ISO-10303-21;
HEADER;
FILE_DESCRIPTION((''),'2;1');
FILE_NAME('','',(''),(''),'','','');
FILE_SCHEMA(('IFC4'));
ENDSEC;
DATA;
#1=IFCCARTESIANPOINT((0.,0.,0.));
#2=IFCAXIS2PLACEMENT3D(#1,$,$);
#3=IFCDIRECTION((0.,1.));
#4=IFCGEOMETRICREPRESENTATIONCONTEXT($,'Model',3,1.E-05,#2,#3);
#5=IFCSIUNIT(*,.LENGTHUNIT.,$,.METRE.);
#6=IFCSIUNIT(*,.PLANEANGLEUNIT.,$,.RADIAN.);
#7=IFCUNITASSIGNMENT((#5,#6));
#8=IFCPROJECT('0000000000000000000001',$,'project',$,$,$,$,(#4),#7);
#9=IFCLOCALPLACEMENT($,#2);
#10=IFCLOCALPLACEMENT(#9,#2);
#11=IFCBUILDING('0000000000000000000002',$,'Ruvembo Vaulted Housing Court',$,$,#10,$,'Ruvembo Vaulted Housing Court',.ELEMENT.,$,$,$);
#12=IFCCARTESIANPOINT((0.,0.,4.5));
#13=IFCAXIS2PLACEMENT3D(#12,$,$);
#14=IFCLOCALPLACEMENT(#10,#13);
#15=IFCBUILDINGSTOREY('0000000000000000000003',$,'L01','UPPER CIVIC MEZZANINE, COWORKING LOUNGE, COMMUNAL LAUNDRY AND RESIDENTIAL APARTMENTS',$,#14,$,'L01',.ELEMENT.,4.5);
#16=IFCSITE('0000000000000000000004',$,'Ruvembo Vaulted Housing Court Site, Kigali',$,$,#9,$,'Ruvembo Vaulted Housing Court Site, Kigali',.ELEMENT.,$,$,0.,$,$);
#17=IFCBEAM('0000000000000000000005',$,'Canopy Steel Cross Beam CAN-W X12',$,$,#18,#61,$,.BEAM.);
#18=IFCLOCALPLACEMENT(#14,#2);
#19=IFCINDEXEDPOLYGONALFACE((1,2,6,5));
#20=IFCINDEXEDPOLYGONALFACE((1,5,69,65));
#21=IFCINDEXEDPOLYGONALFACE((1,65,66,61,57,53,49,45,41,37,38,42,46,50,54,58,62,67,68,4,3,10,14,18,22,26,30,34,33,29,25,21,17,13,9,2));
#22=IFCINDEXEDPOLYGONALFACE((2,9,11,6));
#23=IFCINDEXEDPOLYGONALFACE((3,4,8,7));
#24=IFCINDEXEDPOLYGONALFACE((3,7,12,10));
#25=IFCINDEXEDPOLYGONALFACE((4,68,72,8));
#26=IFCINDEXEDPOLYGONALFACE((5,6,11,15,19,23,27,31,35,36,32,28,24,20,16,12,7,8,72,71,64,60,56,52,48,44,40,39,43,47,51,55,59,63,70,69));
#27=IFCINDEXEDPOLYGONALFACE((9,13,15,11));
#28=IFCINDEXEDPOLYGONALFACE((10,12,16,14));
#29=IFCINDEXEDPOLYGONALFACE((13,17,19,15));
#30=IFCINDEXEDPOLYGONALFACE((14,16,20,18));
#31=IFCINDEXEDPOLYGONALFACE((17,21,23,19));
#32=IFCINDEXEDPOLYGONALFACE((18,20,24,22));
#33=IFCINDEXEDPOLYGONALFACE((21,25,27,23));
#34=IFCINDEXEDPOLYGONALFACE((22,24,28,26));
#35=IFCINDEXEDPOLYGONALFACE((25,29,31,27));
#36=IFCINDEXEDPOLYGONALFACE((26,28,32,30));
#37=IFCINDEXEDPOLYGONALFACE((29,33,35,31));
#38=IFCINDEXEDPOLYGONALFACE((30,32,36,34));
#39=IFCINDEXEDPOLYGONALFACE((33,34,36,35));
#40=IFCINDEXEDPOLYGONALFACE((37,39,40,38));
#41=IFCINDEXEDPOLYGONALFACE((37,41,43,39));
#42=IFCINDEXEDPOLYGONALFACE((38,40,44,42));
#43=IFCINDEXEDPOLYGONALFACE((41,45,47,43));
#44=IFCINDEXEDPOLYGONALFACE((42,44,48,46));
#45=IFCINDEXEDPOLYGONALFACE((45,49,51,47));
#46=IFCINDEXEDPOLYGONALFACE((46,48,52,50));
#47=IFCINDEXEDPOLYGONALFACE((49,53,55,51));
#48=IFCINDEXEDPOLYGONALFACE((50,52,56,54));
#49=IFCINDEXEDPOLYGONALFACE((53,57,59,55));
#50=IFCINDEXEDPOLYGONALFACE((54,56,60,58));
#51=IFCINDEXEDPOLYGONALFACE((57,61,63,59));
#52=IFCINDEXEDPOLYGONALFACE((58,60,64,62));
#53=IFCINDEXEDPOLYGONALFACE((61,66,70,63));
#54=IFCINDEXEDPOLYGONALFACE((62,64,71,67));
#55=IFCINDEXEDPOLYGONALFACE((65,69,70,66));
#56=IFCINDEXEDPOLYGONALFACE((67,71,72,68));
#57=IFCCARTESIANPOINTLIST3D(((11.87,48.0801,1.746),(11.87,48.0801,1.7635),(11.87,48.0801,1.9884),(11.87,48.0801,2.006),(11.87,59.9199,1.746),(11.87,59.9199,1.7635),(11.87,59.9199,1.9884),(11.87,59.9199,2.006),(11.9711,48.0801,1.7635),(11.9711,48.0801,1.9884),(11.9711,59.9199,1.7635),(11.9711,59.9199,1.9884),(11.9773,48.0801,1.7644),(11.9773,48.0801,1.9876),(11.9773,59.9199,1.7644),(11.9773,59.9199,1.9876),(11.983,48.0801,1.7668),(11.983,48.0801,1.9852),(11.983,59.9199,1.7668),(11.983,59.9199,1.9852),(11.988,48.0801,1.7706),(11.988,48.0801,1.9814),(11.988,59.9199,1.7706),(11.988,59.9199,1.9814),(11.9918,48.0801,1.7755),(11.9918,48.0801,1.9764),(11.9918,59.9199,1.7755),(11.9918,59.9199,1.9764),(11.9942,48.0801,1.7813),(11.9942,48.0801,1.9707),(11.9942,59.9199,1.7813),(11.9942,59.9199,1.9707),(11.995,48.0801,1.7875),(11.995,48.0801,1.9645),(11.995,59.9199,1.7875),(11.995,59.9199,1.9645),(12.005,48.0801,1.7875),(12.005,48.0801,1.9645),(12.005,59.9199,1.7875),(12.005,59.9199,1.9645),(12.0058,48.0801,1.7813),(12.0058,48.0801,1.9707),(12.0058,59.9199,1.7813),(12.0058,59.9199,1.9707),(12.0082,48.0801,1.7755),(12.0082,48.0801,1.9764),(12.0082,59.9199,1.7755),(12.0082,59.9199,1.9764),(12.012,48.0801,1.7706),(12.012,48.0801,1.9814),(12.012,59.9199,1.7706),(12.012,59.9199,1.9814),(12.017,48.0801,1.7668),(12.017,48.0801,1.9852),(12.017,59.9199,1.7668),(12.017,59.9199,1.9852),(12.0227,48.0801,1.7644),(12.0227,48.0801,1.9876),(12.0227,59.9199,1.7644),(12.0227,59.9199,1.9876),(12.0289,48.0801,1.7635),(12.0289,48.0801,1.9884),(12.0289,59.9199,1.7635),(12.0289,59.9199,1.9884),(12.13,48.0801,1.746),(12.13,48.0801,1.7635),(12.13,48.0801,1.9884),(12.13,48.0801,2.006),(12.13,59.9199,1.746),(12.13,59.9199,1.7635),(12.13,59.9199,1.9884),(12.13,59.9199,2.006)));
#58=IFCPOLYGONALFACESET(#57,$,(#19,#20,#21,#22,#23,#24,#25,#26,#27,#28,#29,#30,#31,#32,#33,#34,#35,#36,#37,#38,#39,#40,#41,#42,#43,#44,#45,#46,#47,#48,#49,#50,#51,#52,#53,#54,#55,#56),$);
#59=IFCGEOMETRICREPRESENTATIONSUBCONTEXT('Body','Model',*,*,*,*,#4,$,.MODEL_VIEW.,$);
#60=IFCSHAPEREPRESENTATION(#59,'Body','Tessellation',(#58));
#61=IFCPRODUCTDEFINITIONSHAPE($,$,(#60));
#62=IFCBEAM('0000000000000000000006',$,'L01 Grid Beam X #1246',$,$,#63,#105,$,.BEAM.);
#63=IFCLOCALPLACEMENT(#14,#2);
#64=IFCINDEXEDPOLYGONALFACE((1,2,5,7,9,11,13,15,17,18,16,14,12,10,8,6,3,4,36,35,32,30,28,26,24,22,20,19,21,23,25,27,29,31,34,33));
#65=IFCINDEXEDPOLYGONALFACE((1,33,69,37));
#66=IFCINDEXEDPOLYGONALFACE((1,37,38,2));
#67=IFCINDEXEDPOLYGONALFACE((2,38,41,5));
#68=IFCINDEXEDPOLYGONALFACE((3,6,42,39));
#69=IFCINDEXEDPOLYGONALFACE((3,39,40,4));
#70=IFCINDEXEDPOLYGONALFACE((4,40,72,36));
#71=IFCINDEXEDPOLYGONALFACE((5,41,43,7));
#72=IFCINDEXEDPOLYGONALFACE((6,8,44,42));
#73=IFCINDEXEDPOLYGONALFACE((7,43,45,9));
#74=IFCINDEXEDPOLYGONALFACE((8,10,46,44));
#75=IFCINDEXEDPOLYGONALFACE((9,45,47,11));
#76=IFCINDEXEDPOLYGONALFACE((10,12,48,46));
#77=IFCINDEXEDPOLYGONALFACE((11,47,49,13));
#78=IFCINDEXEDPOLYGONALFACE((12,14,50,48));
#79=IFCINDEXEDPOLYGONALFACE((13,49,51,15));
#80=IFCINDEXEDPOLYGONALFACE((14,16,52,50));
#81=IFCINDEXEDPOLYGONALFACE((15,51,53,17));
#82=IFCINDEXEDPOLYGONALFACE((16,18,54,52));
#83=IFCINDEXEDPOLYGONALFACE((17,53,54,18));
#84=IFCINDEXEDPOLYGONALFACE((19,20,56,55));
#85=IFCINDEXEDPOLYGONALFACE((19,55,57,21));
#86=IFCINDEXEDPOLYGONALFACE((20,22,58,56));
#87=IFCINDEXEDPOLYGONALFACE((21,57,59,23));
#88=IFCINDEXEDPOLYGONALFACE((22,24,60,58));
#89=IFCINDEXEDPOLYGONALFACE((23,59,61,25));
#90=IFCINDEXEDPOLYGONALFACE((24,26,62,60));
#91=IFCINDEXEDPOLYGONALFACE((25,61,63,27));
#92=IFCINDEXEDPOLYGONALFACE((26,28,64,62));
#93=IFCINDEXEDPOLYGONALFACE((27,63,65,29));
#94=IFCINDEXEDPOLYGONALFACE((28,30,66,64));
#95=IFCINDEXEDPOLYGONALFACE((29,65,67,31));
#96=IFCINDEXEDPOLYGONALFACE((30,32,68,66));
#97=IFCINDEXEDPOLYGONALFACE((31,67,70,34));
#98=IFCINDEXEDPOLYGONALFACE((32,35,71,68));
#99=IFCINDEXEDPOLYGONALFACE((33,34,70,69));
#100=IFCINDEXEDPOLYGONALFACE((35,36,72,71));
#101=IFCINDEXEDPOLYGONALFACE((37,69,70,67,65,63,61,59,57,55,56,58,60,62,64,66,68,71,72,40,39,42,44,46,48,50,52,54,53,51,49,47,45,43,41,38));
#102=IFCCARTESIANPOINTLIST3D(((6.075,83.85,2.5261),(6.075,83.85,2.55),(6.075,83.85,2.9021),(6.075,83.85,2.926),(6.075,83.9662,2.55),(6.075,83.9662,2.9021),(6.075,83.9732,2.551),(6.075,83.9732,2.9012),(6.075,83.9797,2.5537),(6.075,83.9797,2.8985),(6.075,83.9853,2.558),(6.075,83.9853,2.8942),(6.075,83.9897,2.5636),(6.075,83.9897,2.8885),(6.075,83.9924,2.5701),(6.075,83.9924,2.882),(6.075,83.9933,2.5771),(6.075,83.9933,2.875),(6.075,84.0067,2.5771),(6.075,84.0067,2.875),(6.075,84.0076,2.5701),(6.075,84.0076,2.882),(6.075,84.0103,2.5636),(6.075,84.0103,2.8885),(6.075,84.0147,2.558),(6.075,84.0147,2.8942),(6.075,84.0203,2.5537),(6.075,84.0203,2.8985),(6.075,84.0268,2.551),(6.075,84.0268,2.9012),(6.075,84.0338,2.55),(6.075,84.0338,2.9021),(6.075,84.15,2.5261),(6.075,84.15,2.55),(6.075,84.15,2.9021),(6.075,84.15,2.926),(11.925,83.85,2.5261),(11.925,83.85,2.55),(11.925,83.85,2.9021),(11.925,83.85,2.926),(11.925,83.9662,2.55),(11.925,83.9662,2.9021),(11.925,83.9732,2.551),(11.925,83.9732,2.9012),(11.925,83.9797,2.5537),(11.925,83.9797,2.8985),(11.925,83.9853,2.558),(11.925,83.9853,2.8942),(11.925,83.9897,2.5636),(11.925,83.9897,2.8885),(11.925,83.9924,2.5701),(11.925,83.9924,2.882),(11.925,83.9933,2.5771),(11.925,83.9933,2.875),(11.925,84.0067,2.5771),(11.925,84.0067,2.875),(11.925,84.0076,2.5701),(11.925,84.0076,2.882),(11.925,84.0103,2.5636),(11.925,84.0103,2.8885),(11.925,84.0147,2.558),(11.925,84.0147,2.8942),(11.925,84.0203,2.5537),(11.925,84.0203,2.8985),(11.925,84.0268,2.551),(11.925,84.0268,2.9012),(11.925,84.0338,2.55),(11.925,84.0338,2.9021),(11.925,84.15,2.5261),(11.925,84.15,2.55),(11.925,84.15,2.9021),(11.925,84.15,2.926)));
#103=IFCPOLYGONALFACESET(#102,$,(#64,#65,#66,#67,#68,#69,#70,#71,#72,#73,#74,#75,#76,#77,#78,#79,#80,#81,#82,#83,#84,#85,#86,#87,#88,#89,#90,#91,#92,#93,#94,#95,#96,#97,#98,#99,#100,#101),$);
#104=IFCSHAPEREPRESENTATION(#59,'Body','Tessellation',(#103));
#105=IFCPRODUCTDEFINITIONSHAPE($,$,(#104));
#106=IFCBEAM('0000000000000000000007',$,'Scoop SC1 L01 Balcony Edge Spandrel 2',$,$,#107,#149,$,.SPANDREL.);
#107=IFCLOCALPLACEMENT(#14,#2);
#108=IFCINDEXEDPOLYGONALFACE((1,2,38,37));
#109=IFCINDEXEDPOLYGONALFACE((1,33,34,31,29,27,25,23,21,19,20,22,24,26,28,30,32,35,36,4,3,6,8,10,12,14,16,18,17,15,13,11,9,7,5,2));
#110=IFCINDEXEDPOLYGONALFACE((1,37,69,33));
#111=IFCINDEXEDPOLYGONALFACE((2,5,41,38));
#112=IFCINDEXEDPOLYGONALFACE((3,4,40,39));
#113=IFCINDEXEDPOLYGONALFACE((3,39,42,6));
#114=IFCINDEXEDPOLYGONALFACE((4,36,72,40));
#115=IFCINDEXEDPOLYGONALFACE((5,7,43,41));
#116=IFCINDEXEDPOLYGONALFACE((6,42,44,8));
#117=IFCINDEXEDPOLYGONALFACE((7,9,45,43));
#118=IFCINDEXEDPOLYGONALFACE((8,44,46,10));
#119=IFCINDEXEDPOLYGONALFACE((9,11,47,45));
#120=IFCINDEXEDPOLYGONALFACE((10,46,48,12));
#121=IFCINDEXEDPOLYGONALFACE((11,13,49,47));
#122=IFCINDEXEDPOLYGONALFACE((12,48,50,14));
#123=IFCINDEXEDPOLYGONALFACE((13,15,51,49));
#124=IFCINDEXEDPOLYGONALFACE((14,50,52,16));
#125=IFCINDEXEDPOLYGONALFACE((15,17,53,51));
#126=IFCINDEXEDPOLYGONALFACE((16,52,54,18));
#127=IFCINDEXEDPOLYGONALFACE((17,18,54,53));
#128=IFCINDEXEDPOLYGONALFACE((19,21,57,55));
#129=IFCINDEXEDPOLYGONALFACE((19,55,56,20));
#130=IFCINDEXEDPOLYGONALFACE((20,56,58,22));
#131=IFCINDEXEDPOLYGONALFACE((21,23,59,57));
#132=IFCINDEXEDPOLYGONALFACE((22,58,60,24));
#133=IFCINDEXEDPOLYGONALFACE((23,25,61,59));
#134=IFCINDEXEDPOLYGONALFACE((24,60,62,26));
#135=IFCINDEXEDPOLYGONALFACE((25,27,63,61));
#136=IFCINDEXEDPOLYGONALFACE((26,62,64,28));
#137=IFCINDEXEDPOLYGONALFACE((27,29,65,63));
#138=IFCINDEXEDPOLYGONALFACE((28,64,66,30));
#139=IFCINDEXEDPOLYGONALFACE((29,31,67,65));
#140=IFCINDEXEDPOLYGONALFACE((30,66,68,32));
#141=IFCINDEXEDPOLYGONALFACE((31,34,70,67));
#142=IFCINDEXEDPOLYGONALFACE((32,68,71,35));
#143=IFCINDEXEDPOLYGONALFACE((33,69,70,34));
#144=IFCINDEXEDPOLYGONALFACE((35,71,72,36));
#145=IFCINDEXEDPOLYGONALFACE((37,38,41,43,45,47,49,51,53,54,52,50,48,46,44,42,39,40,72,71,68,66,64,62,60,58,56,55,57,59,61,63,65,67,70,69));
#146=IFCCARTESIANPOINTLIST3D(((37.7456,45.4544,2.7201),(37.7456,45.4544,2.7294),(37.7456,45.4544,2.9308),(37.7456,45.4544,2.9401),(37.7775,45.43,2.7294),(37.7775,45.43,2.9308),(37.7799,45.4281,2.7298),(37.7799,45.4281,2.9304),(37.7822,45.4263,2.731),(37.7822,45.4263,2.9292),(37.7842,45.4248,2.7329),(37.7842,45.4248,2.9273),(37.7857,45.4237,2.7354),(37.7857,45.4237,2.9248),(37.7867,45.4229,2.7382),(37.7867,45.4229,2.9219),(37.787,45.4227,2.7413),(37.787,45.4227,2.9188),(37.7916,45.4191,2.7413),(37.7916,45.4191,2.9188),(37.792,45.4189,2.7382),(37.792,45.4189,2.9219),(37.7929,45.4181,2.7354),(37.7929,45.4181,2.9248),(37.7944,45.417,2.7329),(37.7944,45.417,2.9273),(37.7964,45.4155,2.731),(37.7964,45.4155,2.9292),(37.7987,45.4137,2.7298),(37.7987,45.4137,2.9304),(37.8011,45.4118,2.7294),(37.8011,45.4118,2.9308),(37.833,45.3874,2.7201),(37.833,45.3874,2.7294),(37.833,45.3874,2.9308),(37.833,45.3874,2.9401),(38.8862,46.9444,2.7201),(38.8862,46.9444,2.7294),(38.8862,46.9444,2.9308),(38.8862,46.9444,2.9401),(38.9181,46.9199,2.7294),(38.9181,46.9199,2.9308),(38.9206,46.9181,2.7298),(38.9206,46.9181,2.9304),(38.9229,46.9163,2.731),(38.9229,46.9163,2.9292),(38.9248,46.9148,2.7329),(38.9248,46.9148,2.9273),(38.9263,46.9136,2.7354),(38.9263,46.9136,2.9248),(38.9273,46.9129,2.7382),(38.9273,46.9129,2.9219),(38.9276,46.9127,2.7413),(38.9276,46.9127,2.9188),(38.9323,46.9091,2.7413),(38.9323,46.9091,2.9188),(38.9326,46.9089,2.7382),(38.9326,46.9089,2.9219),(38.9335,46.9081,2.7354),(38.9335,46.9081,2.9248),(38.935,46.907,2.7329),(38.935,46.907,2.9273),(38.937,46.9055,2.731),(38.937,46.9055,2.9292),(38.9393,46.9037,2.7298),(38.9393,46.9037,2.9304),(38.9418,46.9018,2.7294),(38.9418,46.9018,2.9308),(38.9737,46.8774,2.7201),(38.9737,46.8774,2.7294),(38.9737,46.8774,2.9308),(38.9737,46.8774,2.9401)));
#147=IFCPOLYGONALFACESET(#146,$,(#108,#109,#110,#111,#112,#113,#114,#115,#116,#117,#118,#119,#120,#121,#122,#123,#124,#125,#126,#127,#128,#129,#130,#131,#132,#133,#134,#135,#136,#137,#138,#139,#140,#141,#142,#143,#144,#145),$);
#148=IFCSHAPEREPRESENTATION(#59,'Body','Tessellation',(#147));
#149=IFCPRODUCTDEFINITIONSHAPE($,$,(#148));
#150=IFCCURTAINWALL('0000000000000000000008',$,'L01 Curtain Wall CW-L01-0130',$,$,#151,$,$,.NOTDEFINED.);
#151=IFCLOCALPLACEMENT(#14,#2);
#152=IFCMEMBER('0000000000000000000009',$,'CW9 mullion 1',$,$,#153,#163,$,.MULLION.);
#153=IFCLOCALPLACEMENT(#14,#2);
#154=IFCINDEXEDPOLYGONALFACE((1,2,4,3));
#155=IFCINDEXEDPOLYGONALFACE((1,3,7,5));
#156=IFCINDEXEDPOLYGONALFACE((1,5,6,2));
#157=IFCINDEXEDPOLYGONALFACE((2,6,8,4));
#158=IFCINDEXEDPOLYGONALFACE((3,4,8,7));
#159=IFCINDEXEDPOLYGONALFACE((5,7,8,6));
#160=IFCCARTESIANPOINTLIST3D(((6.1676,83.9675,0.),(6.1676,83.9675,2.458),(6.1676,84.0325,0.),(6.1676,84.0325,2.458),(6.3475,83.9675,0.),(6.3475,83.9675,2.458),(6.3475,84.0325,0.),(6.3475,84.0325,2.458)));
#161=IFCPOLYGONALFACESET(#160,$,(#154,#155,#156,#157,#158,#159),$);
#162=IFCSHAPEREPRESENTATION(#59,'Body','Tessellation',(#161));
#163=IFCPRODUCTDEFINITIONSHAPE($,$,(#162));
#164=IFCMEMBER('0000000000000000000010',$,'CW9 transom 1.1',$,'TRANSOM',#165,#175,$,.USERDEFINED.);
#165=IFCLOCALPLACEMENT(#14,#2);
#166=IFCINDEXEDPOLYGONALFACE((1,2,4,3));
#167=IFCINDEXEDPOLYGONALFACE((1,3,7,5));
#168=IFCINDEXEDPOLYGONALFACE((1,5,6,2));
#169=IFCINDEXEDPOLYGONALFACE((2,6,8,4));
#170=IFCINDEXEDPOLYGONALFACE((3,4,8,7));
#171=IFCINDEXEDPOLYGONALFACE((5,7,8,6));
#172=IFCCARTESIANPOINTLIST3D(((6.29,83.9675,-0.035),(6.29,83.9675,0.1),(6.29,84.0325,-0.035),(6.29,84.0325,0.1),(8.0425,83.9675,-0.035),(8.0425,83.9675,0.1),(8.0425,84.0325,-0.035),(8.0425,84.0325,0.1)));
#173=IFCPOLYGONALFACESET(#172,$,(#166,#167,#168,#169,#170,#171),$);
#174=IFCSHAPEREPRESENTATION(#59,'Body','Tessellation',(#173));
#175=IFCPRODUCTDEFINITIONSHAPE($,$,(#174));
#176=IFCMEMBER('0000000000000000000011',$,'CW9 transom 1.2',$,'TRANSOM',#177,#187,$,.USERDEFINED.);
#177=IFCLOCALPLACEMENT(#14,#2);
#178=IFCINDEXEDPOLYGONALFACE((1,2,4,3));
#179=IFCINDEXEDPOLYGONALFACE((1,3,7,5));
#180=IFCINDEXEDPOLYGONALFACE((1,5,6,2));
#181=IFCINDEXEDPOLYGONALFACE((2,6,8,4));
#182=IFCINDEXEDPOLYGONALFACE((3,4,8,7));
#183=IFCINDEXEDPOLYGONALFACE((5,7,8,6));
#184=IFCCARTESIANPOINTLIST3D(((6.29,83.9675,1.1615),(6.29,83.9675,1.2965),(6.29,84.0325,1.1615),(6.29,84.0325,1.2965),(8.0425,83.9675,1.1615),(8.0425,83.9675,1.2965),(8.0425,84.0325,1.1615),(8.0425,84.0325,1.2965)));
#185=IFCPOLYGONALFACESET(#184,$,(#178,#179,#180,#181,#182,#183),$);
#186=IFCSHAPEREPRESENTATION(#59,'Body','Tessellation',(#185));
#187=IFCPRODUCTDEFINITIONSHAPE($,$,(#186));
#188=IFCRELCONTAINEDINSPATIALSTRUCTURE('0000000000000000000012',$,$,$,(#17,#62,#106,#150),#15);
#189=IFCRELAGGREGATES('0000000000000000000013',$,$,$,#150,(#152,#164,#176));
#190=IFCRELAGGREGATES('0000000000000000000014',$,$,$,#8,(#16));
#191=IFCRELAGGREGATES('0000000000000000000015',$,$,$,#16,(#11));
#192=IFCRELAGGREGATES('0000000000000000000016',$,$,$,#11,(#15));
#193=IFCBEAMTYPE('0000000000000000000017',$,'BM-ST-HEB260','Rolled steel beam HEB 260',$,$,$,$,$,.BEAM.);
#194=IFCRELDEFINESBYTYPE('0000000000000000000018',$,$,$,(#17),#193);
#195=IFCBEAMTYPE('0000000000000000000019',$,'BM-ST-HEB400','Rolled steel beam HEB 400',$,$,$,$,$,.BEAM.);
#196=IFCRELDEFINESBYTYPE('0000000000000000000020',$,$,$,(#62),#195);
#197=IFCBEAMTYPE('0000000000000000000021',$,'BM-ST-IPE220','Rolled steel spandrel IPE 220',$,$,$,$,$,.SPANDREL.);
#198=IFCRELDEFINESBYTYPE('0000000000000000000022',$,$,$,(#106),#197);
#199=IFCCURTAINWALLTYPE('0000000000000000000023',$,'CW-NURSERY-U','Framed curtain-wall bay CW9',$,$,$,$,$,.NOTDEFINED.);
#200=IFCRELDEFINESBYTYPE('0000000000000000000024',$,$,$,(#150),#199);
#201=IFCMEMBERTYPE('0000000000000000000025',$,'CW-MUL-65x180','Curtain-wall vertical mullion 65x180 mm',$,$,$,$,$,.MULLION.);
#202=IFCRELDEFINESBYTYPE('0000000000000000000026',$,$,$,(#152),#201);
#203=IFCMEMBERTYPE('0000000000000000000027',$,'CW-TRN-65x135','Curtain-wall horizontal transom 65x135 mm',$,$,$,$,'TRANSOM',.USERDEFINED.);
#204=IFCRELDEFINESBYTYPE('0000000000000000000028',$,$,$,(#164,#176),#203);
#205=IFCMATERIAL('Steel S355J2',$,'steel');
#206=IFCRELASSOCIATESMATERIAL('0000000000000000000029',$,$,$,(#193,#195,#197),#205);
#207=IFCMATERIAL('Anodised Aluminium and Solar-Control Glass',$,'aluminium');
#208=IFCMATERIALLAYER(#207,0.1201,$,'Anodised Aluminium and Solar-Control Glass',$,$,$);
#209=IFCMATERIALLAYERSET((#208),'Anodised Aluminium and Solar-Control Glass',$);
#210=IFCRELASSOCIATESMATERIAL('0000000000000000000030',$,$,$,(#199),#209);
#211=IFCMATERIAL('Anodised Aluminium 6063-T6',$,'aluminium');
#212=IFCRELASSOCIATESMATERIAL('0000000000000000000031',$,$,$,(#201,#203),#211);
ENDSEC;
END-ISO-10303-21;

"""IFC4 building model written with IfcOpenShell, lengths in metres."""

from ifc_helpers import new_model, si_unit, direction, frame, origin, origin_2d, place, context, subcontext, project, spatial, rectangle, i_section, extrude, material, layer, layer_set, material_profile, profile_set, type_object, element, aggregate, save


model = new_model("IFC4")

# Units and contexts
model_context = context("Model", 3, precision=1e-05, world=origin(), true_north=direction((0.0, 1.0)))
body_context = subcontext(model_context, "Body", "Model", "MODEL_VIEW")
ifc_project = project(units=[si_unit("LENGTHUNIT", "METRE"), si_unit("PLANEANGLEUNIT", "RADIAN")], contexts=[model_context])

# Site, building, storey
site_placement = place(None, origin())
site = spatial("IfcSite", under=ifc_project, at=site_placement, Name="Ruvembo Vaulted Housing Court Site, Kigali", LongName="Ruvembo Vaulted Housing Court Site, Kigali", CompositionType="ELEMENT", RefElevation=0.0)
building_placement = place(site_placement, origin())
building = spatial("IfcBuilding", under=site, at=building_placement, Name="Ruvembo Vaulted Housing Court", LongName="Ruvembo Vaulted Housing Court", CompositionType="ELEMENT")
storey_placement = place(building_placement, frame((0.0, 0.0, 4.5)))
storey = spatial("IfcBuildingStorey", under=building, at=storey_placement, Name="L01", Description="UPPER CIVIC MEZZANINE, COWORKING LOUNGE, COMMUNAL LAUNDRY AND RESIDENTIAL APARTMENTS", LongName="L01", CompositionType="ELEMENT", Elevation=4.5)

# Shared definitions
ifc_material_1 = material(Name="Steel S355J2", Category="steel")

# Beams
ifc_material_profile_1 = material_profile(ifc_material_1, i_section(OverallWidth=0.26, OverallDepth=0.26, WebThickness=0.01, FlangeThickness=0.0176, FilletRadius=0.0239, at=origin_2d()), Name="HEB 260")
ifc_profile_set_1 = profile_set([ifc_material_profile_1], Name="Steel S355J2")
beam_type_1 = type_object("IfcBeamType", Name="BM-ST-HEB260", Description="Rolled steel beam HEB 260", PredefinedType="BEAM", material=ifc_profile_set_1)
for number, where, z_axis, x_axis, name in (
    (1, (12.0, 48.0801, 1.876), (0.0, 1.0, 0.0), (-1.0, 0.0, 0.0), "Canopy Steel Cross Beam CAN-W X12"),
):
    element("IfcBeam", number, at=place(storey_placement, frame(where, z_axis=z_axis, x_axis=x_axis)), inside=storey, type_object=beam_type_1, Name=name, PredefinedType="BEAM", context=body_context, shape_type="SweptSolid", body=[
        extrude(i_section(OverallWidth=0.26, OverallDepth=0.26, WebThickness=0.01, FlangeThickness=0.0176, FilletRadius=0.0239, at=origin_2d()), origin(), (0.0, 0.0, 1.0), 11.8398),
    ])
ifc_material_profile_2 = material_profile(ifc_material_1, i_section(OverallWidth=0.3, OverallDepth=0.3999, WebThickness=0.0134, FlangeThickness=0.0239, FilletRadius=0.0271, at=origin_2d()), Name="HEB 400")
ifc_profile_set_2 = profile_set([ifc_material_profile_2], Name="Steel S355J2")
beam_type_2 = type_object("IfcBeamType", Name="BM-ST-HEB400", Description="Rolled steel beam HEB 400", PredefinedType="BEAM", material=ifc_profile_set_2)
beam_1_placement = place(storey_placement, frame((6.075, 84.0, 2.7261), z_axis=(1.0, 0.0, 0.0), x_axis=(0.0, 1.0, 0.0)))
element("IfcBeam", 2, at=beam_1_placement, inside=storey, type_object=beam_type_2, Name="L01 Grid Beam X #1246", PredefinedType="BEAM", context=body_context, shape_type="SweptSolid", body=[
    extrude(i_section(OverallWidth=0.3, OverallDepth=0.3999, WebThickness=0.0134, FlangeThickness=0.0239, FilletRadius=0.0271, at=origin_2d()), origin(), (0.0, 0.0, 1.0), 5.8501),
])
ifc_material_profile_3 = material_profile(ifc_material_1, i_section(OverallWidth=0.1101, OverallDepth=0.22, WebThickness=0.0059, FlangeThickness=0.0093, FilletRadius=0.012, at=origin_2d()), Name="IPE 220")
ifc_profile_set_3 = profile_set([ifc_material_profile_3], Name="Steel S355J2")
beam_type_3 = type_object("IfcBeamType", Name="BM-ST-IPE220", Description="Rolled steel spandrel IPE 220", PredefinedType="SPANDREL", material=ifc_profile_set_3)
beam_2_placement = place(storey_placement, frame((37.7893, 45.4209, 2.8301), z_axis=(0.607861, 0.794044, 0.0), x_axis=(-0.794044, 0.607861, 0.0)))
element("IfcBeam", 3, at=beam_2_placement, inside=storey, type_object=beam_type_3, Name="Scoop SC1 L01 Balcony Edge Spandrel 2", PredefinedType="SPANDREL", context=body_context, shape_type="SweptSolid", body=[
    extrude(i_section(OverallWidth=0.1101, OverallDepth=0.22, WebThickness=0.0059, FlangeThickness=0.0093, FilletRadius=0.012, at=origin_2d()), origin(), (0.0, 0.0, 1.0), 1.8765),
])

# Curtain wall, members
ifc_material_2 = material(Name="Anodised Aluminium and Solar-Control Glass", Category="aluminium")
ifc_layer_1 = layer(ifc_material_2, 0.1201, Name="Anodised Aluminium and Solar-Control Glass")
ifc_layer_set_1 = layer_set([ifc_layer_1], Name="Anodised Aluminium and Solar-Control Glass")
curtain_wall_type = type_object("IfcCurtainWallType", Name="CW-NURSERY-U", Description="Framed curtain-wall bay CW9", PredefinedType="NOTDEFINED", material=ifc_layer_set_1)
curtain_wall_placement = place(storey_placement, origin())
curtain_wall = element("IfcCurtainWall", 4, at=curtain_wall_placement, inside=storey, type_object=curtain_wall_type, Name="L01 Curtain Wall CW-L01-0130", PredefinedType="NOTDEFINED")
ifc_material_3 = material(Name="Anodised Aluminium 6063-T6", Category="aluminium")
ifc_material_profile_4 = material_profile(ifc_material_3, rectangle(XDim=0.0649, YDim=0.1799, at=origin_2d()), Name="ALU 65x180")
ifc_profile_set_4 = profile_set([ifc_material_profile_4], Name="Anodised Aluminium 6063-T6")
member_type_1 = type_object("IfcMemberType", Name="CW-MUL-65x180", Description="Curtain-wall vertical mullion 65x180 mm", PredefinedType="MULLION", material=ifc_profile_set_4)
member_1_placement = place(storey_placement, frame((6.2576, 84.0, 0.0), z_axis=(0.0, 0.0, 1.0), x_axis=(0.0, 1.0, 0.0)))
member_1 = element("IfcMember", 5, at=member_1_placement, type_object=member_type_1, Name="CW9 mullion 1", PredefinedType="MULLION", context=body_context, shape_type="SweptSolid", body=[
    extrude(rectangle(XDim=0.0649, YDim=0.1799, at=origin_2d()), origin(), (0.0, 0.0, 1.0), 2.458),
])
ifc_material_profile_5 = material_profile(ifc_material_3, rectangle(XDim=0.0649, YDim=0.135, at=origin_2d()), Name="ALU 65x135")
ifc_profile_set_5 = profile_set([ifc_material_profile_5], Name="Anodised Aluminium 6063-T6")
member_type_2 = type_object("IfcMemberType", Name="CW-TRN-65x135", Description="Curtain-wall horizontal transom 65x135 mm", ElementType="TRANSOM", PredefinedType="USERDEFINED", material=ifc_profile_set_5)
member_2_placement = place(storey_placement, frame((6.29, 84.0, 0.0325), z_axis=(1.0, 0.0, 0.0), x_axis=(0.0, 1.0, 0.0)))
member_2 = element("IfcMember", 6, at=member_2_placement, type_object=member_type_2, Name="CW9 transom 1.1", ObjectType="TRANSOM", PredefinedType="USERDEFINED", context=body_context, shape_type="SweptSolid", body=[
    extrude(rectangle(XDim=0.0649, YDim=0.135, at=origin_2d()), origin(), (0.0, 0.0, 1.0), 1.7524),
])
member_3_placement = place(storey_placement, frame((6.29, 84.0, 1.229), z_axis=(1.0, 0.0, 0.0), x_axis=(0.0, 1.0, 0.0)))
member_3 = element("IfcMember", 7, at=member_3_placement, type_object=member_type_2, Name="CW9 transom 1.2", ObjectType="TRANSOM", PredefinedType="USERDEFINED", context=body_context, shape_type="SweptSolid", body=[
    extrude(rectangle(XDim=0.0649, YDim=0.135, at=origin_2d()), origin(), (0.0, 0.0, 1.0), 1.7524),
])
aggregate(curtain_wall, [member_1, member_2, member_3])

save(model, "model.ifc")
